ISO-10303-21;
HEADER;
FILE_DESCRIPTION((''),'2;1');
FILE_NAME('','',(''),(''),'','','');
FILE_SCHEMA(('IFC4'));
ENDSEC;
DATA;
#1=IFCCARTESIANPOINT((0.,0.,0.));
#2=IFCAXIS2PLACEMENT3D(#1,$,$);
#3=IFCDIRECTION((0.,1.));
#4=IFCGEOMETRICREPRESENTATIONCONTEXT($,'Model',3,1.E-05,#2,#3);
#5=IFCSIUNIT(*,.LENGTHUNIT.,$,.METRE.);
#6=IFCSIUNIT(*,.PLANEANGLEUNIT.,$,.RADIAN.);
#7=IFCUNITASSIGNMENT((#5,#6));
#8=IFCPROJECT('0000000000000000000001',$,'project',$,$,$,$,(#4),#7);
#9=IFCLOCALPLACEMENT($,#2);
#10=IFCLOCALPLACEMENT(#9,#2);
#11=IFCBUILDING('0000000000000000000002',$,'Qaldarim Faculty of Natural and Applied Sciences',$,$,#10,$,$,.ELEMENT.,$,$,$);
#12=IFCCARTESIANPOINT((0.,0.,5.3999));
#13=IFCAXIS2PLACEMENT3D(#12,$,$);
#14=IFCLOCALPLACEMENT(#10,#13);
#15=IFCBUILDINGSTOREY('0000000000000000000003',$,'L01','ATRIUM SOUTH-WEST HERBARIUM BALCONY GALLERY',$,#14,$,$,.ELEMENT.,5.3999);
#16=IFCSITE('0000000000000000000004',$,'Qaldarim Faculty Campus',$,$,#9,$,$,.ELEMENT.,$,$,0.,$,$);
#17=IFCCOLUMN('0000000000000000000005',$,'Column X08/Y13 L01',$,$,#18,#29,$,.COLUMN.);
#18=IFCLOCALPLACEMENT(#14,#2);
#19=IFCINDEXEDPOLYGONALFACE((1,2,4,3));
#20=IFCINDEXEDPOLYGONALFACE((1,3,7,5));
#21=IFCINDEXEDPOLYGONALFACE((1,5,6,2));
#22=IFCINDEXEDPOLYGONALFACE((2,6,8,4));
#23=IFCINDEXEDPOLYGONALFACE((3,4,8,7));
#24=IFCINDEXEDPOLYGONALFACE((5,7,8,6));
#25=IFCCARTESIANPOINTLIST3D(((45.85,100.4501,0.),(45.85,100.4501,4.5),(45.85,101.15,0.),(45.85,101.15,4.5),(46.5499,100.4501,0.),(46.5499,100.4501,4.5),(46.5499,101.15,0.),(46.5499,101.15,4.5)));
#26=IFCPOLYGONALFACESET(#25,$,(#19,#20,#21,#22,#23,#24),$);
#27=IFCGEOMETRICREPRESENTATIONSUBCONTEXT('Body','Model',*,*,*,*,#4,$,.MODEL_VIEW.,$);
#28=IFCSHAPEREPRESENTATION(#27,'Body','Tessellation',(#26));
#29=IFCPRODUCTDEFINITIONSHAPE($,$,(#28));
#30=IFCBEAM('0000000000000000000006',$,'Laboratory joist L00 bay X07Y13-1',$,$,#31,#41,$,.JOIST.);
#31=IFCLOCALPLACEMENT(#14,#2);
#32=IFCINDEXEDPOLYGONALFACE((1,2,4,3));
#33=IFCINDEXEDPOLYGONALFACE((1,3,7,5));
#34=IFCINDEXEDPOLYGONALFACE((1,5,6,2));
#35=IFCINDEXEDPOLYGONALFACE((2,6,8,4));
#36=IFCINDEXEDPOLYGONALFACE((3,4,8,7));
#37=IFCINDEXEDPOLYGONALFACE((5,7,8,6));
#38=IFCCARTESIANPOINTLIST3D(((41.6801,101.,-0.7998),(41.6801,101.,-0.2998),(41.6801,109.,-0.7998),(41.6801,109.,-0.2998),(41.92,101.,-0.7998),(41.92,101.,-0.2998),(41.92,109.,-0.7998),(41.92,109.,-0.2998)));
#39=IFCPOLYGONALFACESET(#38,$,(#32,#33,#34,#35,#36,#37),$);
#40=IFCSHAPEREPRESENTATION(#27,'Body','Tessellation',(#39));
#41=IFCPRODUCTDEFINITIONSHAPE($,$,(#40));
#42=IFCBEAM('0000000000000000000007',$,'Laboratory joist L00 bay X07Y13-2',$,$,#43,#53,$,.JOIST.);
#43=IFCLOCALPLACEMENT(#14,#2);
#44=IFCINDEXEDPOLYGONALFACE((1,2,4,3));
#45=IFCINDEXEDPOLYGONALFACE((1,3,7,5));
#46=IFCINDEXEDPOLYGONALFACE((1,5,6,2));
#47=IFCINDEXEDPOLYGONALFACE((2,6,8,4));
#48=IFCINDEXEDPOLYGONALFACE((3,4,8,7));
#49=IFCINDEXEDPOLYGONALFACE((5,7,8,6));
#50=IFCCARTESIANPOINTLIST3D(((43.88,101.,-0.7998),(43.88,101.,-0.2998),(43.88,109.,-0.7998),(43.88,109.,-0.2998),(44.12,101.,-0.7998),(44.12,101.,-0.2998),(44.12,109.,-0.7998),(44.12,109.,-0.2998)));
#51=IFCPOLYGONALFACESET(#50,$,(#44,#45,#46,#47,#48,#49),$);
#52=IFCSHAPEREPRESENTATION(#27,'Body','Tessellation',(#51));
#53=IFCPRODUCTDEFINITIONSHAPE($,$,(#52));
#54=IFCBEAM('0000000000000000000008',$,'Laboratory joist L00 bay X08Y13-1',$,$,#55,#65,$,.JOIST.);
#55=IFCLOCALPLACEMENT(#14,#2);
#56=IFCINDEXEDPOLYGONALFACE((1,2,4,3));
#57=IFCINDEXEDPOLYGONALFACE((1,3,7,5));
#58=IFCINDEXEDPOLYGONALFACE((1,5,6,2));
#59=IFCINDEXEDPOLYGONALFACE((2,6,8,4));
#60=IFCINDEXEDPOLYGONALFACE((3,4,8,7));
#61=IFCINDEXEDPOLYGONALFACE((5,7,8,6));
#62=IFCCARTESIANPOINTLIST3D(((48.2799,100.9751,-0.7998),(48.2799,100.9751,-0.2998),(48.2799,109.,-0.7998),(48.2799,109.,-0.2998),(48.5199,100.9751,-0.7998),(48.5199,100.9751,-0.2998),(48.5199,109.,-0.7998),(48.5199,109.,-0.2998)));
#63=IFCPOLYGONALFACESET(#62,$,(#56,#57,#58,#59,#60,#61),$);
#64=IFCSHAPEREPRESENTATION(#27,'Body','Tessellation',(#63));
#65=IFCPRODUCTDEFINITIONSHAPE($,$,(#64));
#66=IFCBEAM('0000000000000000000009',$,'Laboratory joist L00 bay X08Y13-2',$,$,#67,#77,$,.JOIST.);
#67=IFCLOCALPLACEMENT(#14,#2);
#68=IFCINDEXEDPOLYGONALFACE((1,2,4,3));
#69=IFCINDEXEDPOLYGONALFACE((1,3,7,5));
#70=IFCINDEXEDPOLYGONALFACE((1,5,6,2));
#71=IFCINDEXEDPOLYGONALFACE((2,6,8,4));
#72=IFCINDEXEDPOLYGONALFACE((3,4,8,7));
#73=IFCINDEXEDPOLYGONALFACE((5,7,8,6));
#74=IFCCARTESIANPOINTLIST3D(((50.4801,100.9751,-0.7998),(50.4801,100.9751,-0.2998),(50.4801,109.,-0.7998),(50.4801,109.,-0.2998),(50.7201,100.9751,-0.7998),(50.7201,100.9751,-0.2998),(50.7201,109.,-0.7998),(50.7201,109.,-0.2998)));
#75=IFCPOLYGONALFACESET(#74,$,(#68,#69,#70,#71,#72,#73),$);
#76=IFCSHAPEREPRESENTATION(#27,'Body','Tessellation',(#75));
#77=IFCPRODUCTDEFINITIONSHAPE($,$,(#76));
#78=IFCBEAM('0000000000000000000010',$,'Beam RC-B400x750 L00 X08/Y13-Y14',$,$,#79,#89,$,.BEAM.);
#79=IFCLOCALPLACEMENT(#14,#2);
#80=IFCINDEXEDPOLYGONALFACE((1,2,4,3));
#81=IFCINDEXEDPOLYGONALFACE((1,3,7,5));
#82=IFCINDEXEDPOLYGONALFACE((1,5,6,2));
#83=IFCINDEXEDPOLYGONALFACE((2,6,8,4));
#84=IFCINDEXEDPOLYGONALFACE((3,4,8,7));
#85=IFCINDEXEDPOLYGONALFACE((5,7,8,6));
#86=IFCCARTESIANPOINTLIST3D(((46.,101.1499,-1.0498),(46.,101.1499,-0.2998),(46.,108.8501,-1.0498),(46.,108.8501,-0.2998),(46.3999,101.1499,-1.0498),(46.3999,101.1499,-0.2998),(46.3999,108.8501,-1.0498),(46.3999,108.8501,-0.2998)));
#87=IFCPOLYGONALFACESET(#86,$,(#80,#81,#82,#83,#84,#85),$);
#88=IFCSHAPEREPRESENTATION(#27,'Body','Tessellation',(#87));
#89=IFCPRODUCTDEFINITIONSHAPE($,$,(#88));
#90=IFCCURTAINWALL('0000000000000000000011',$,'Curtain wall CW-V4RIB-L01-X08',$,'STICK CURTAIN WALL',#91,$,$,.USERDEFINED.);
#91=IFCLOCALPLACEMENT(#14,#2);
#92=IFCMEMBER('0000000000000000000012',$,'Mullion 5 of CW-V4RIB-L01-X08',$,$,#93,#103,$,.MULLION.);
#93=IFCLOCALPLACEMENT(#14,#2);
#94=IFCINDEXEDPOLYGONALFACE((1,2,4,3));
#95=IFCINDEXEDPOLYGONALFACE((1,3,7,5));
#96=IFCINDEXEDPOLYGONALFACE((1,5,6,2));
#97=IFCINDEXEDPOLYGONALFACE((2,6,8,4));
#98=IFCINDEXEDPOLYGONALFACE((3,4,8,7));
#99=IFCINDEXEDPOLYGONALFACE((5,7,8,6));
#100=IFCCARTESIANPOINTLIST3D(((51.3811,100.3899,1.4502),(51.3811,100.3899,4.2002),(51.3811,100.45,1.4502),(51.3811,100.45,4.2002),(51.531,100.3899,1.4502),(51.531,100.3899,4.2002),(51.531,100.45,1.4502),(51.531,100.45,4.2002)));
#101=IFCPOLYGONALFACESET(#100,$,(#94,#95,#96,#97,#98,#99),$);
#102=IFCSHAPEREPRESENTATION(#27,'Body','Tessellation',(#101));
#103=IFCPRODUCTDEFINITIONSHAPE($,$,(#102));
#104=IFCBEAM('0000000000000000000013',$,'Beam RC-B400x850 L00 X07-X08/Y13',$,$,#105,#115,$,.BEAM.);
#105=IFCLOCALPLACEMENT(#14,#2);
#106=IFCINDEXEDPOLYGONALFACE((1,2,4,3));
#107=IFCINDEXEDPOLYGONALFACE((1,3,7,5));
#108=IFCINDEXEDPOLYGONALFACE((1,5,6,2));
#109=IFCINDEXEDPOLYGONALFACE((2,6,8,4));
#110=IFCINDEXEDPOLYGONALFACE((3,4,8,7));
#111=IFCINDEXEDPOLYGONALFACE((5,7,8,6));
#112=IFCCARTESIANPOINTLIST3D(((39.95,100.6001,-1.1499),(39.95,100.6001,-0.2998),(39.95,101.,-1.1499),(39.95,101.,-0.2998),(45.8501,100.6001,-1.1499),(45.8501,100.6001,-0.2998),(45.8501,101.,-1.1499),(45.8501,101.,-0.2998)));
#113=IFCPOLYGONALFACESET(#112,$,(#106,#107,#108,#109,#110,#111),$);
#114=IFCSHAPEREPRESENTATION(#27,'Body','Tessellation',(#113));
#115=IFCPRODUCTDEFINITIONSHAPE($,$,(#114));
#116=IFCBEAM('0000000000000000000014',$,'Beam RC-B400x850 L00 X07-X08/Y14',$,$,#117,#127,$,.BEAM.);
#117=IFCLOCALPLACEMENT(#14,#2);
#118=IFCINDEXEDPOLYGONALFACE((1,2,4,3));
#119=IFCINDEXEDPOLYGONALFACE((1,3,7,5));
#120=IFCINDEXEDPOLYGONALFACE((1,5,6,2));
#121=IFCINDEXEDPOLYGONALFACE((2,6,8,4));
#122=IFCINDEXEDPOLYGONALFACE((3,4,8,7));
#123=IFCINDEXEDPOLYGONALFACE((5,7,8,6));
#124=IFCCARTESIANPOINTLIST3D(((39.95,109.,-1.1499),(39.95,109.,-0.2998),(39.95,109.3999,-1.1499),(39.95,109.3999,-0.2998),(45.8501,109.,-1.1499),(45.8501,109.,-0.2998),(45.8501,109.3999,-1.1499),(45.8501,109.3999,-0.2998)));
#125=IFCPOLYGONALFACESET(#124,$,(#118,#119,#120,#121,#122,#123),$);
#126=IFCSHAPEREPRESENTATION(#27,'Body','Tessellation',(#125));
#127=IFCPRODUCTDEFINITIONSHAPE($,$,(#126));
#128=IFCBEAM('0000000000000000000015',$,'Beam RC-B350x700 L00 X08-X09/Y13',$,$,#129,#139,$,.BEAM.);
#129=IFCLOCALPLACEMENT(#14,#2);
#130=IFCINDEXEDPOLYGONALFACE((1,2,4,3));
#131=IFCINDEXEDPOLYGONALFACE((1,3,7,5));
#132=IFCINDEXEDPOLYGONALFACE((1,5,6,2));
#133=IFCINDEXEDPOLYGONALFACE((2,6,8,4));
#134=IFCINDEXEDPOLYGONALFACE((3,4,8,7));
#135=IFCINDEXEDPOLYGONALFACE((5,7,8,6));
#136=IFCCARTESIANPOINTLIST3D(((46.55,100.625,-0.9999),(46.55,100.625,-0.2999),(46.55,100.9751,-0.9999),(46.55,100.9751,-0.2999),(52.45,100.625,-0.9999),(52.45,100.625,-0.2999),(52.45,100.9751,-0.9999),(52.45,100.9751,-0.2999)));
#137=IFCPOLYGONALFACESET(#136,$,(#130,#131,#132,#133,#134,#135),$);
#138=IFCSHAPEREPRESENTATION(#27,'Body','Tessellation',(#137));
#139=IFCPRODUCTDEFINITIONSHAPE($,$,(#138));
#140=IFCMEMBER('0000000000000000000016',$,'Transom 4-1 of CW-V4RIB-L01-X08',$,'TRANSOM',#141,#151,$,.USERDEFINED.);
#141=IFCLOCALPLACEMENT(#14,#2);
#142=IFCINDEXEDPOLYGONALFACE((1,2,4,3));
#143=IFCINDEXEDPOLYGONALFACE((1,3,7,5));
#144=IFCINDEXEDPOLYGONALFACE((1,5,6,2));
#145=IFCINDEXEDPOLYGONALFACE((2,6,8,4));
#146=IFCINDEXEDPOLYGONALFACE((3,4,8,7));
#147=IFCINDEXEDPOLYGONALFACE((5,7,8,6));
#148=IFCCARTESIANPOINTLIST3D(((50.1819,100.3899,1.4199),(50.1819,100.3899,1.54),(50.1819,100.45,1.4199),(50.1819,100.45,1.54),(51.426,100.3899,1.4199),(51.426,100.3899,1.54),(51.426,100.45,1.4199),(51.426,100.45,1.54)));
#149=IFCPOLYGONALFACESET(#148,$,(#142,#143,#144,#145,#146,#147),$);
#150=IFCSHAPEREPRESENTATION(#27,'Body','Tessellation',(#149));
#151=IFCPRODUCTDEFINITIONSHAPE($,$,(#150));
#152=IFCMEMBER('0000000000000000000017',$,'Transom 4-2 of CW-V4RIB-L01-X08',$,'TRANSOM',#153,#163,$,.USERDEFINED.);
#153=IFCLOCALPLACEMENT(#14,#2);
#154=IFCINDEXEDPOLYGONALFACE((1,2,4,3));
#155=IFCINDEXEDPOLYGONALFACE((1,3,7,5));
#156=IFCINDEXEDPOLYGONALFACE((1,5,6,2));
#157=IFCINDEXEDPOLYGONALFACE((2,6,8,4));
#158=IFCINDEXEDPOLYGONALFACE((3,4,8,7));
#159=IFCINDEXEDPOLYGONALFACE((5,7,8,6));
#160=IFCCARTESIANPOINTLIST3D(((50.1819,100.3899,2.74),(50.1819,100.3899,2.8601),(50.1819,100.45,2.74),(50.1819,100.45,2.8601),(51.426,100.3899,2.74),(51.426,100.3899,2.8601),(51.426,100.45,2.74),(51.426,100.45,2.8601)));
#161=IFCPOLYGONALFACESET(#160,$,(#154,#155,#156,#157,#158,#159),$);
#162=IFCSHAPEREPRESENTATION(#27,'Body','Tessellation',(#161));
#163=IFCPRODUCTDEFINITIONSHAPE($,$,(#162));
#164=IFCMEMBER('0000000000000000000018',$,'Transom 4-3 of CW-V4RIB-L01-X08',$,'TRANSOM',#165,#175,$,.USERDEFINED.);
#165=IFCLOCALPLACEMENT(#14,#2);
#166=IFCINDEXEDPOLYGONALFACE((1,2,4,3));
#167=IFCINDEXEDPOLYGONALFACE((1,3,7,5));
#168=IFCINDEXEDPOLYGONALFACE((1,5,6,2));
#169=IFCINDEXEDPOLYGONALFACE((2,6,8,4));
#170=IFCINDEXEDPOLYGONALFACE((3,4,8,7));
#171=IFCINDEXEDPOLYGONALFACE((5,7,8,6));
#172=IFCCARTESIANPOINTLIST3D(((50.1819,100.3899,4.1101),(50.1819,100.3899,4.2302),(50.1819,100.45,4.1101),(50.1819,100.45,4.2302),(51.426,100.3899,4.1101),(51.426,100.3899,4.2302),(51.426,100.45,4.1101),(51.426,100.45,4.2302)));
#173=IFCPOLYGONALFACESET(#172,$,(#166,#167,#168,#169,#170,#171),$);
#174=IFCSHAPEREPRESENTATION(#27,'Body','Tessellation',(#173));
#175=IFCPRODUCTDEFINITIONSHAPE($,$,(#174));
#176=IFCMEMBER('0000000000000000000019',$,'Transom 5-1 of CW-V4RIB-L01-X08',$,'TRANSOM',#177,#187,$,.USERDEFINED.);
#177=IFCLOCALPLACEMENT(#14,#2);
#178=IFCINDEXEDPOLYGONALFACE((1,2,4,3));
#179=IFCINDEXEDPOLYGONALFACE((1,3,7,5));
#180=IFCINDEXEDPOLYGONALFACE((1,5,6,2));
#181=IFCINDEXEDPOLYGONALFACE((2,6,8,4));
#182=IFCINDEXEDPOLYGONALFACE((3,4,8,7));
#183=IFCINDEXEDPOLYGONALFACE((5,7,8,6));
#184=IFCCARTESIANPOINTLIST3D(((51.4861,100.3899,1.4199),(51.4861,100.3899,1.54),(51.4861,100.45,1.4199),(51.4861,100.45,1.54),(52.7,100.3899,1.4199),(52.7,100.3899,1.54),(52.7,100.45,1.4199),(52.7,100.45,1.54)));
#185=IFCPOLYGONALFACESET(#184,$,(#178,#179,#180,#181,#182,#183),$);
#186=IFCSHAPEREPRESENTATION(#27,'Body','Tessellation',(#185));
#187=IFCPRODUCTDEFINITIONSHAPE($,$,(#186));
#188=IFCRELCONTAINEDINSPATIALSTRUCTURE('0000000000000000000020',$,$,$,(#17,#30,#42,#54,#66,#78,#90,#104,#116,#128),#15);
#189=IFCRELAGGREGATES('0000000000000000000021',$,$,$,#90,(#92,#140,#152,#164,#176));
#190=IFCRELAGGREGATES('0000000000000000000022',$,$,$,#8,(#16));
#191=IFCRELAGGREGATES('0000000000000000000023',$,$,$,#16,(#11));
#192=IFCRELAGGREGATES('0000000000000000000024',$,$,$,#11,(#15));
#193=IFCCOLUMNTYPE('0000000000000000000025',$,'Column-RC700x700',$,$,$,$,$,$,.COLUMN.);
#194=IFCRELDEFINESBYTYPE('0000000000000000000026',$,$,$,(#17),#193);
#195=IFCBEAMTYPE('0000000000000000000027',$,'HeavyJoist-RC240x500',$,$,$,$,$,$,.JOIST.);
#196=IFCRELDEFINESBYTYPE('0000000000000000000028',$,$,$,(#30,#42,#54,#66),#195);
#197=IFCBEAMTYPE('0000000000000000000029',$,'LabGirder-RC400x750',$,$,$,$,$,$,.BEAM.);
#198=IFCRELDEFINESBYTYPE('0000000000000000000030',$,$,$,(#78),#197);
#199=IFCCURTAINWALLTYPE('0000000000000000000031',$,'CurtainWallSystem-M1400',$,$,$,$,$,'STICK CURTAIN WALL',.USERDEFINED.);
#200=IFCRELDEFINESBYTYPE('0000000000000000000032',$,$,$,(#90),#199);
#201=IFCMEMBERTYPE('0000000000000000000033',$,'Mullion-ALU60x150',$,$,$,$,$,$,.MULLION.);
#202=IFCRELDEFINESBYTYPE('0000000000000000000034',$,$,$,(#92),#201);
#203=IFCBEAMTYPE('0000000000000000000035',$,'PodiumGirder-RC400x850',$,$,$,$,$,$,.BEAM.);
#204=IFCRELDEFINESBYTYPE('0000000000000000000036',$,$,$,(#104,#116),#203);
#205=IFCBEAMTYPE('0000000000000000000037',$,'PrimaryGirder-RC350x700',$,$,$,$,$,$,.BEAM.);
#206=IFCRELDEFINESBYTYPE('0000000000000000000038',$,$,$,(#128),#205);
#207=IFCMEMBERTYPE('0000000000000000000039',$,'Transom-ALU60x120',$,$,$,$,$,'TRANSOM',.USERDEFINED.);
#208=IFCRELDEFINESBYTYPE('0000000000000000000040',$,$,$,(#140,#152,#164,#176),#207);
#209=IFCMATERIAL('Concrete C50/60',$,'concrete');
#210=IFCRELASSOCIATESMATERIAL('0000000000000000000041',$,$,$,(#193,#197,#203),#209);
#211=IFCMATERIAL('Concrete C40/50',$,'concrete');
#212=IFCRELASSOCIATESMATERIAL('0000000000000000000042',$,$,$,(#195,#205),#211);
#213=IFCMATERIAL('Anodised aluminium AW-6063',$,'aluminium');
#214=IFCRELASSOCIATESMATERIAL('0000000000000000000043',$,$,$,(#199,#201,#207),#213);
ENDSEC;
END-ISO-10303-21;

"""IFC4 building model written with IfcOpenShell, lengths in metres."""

from ifc_helpers import new_model, si_unit, direction, frame, origin, origin_2d, place, context, subcontext, project, spatial, rectangle, extrude, material, material_profile, profile_set, type_object, element, aggregate, save


model = new_model("IFC4")

# Units and contexts
model_context = context("Model", 3, precision=1e-05, world=origin(), true_north=direction((0.0, 1.0)))
body_context = subcontext(model_context, "Body", "Model", "MODEL_VIEW")
ifc_project = project(units=[si_unit("LENGTHUNIT", "METRE"), si_unit("PLANEANGLEUNIT", "RADIAN")], contexts=[model_context])

# Site, building, storey
site_placement = place(None, origin())
site = spatial("IfcSite", under=ifc_project, at=site_placement, Name="Qaldarim Faculty Campus", CompositionType="ELEMENT", RefElevation=0.0)
building_placement = place(site_placement, origin())
building = spatial("IfcBuilding", under=site, at=building_placement, Name="Qaldarim Faculty of Natural and Applied Sciences", CompositionType="ELEMENT")
storey_placement = place(building_placement, frame((0.0, 0.0, 5.3999)))
storey = spatial("IfcBuildingStorey", under=building, at=storey_placement, Name="L01", Description="ATRIUM SOUTH-WEST HERBARIUM BALCONY GALLERY", CompositionType="ELEMENT", Elevation=5.3999)

# Column
ifc_material_1 = material(Name="Concrete C50/60", Category="concrete")
ifc_material_profile_1 = material_profile(ifc_material_1, rectangle(XDim=0.7, YDim=0.7, at=origin_2d()), Name="RC-C700x700")
ifc_profile_set_1 = profile_set([ifc_material_profile_1], Name="Concrete C50/60")
column_type = type_object("IfcColumnType", Name="Column-RC700x700", PredefinedType="COLUMN", material=ifc_profile_set_1)
column_placement = place(storey_placement, frame((46.2, 100.8, 0.0), z_axis=(0.0, 0.0, 1.0), x_axis=(1.0, 0.0, 0.0)))
element("IfcColumn", 1, at=column_placement, inside=storey, type_object=column_type, Name="Column X08/Y13 L01", PredefinedType="COLUMN", context=body_context, shape_type="SweptSolid", body=[
    extrude(rectangle(XDim=0.7, YDim=0.7, at=origin_2d()), origin(), (0.0, 0.0, 1.0), 4.5),
])

# Beams
ifc_material_2 = material(Name="Concrete C40/50", Category="concrete")
ifc_material_profile_2 = material_profile(ifc_material_2, rectangle(XDim=0.24, YDim=0.5, at=origin_2d()), Name="RC-J240x500")
ifc_profile_set_2 = profile_set([ifc_material_profile_2], Name="Concrete C40/50")
beam_type_1 = type_object("IfcBeamType", Name="HeavyJoist-RC240x500", PredefinedType="JOIST", material=ifc_profile_set_2)
for number, where, z_axis, x_axis, name in (
    (2, (41.8, 101.0, -0.5498), (0.0, 1.0, 0.0), (-1.0, 0.0, 0.0), "Laboratory joist L00 bay X07Y13-1"),
    (3, (44.0, 101.0, -0.5498), (0.0, 1.0, 0.0), (-1.0, 0.0, 0.0), "Laboratory joist L00 bay X07Y13-2"),
):
    element("IfcBeam", number, at=place(storey_placement, frame(where, z_axis=z_axis, x_axis=x_axis)), inside=storey, type_object=beam_type_1, Name=name, PredefinedType="JOIST", context=body_context, shape_type="SweptSolid", body=[
        extrude(rectangle(XDim=0.24, YDim=0.5, at=origin_2d()), origin(), (0.0, 0.0, 1.0), 8.0),
    ])
for number, where, z_axis, x_axis, name in (
    (4, (48.3999, 100.9751, -0.5498), (0.0, 1.0, 0.0), (-1.0, 0.0, 0.0), "Laboratory joist L00 bay X08Y13-1"),
    (5, (50.6001, 100.9751, -0.5498), (0.0, 1.0, 0.0), (-1.0, 0.0, 0.0), "Laboratory joist L00 bay X08Y13-2"),
):
    element("IfcBeam", number, at=place(storey_placement, frame(where, z_axis=z_axis, x_axis=x_axis)), inside=storey, type_object=beam_type_1, Name=name, PredefinedType="JOIST", context=body_context, shape_type="SweptSolid", body=[
        extrude(rectangle(XDim=0.24, YDim=0.5, at=origin_2d()), origin(), (0.0, 0.0, 1.0), 8.0249),
    ])
ifc_material_profile_3 = material_profile(ifc_material_1, rectangle(XDim=0.3999, YDim=0.75, at=origin_2d()), Name="RC-B400x750")
ifc_profile_set_3 = profile_set([ifc_material_profile_3], Name="Concrete C50/60")
beam_type_2 = type_object("IfcBeamType", Name="LabGirder-RC400x750", PredefinedType="BEAM", material=ifc_profile_set_3)
beam_1_placement = place(storey_placement, frame((46.2, 101.1499, -0.6748), z_axis=(0.0, 1.0, 0.0), x_axis=(-1.0, 0.0, 0.0)))
element("IfcBeam", 6, at=beam_1_placement, inside=storey, type_object=beam_type_2, Name="Beam RC-B400x750 L00 X08/Y13-Y14", PredefinedType="BEAM", context=body_context, shape_type="SweptSolid", body=[
    extrude(rectangle(XDim=0.3999, YDim=0.75, at=origin_2d()), origin(), (0.0, 0.0, 1.0), 7.7002),
])

# Curtain wall, member
ifc_material_3 = material(Name="Anodised aluminium AW-6063", Category="aluminium")
curtain_wall_type = type_object("IfcCurtainWallType", Name="CurtainWallSystem-M1400", ElementType="STICK CURTAIN WALL", PredefinedType="USERDEFINED", material=ifc_material_3)
curtain_wall_placement = place(storey_placement, origin())
curtain_wall = element("IfcCurtainWall", 7, at=curtain_wall_placement, inside=storey, type_object=curtain_wall_type, Name="Curtain wall CW-V4RIB-L01-X08", ObjectType="STICK CURTAIN WALL", PredefinedType="USERDEFINED")
ifc_material_profile_4 = material_profile(ifc_material_3, rectangle(XDim=0.0601, YDim=0.1499, at=origin_2d()), Name="ALU-M60x150")
ifc_profile_set_4 = profile_set([ifc_material_profile_4], Name="Anodised aluminium AW-6063")
member_type_1 = type_object("IfcMemberType", Name="Mullion-ALU60x150", PredefinedType="MULLION", material=ifc_profile_set_4)
member_1_placement = place(storey_placement, frame((51.4561, 100.4199, 1.4502), z_axis=(0.0, 0.0, 1.0), x_axis=(0.0, 1.0, 0.0)))
member_1 = element("IfcMember", 8, at=member_1_placement, type_object=member_type_1, Name="Mullion 5 of CW-V4RIB-L01-X08", PredefinedType="MULLION", context=body_context, shape_type="SweptSolid", body=[
    extrude(rectangle(XDim=0.0601, YDim=0.1499, at=origin_2d()), origin(), (0.0, 0.0, 1.0), 2.75),
])

# Beams
ifc_material_profile_5 = material_profile(ifc_material_1, rectangle(XDim=0.3999, YDim=0.8501, at=origin_2d()), Name="RC-B400x850")
ifc_profile_set_5 = profile_set([ifc_material_profile_5], Name="Concrete C50/60")
beam_type_3 = type_object("IfcBeamType", Name="PodiumGirder-RC400x850", PredefinedType="BEAM", material=ifc_profile_set_5)
for number, where, z_axis, x_axis, name in (
    (9, (39.95, 100.8, -0.7249), (1.0, 0.0, 0.0), (0.0, 1.0, 0.0), "Beam RC-B400x850 L00 X07-X08/Y13"),
    (10, (39.95, 109.2, -0.7249), (1.0, 0.0, 0.0), (0.0, 1.0, 0.0), "Beam RC-B400x850 L00 X07-X08/Y14"),
):
    element("IfcBeam", number, at=place(storey_placement, frame(where, z_axis=z_axis, x_axis=x_axis)), inside=storey, type_object=beam_type_3, Name=name, PredefinedType="BEAM", context=body_context, shape_type="SweptSolid", body=[
        extrude(rectangle(XDim=0.3999, YDim=0.8501, at=origin_2d()), origin(), (0.0, 0.0, 1.0), 5.9001),
    ])
ifc_material_profile_6 = material_profile(ifc_material_2, rectangle(XDim=0.3501, YDim=0.7, at=origin_2d()), Name="RC-B350x700")
ifc_profile_set_6 = profile_set([ifc_material_profile_6], Name="Concrete C40/50")
beam_type_4 = type_object("IfcBeamType", Name="PrimaryGirder-RC350x700", PredefinedType="BEAM", material=ifc_profile_set_6)
beam_2_placement = place(storey_placement, frame((46.55, 100.8, -0.6499), z_axis=(1.0, 0.0, 0.0), x_axis=(0.0, 1.0, 0.0)))
element("IfcBeam", 11, at=beam_2_placement, inside=storey, type_object=beam_type_4, Name="Beam RC-B350x700 L00 X08-X09/Y13", PredefinedType="BEAM", context=body_context, shape_type="SweptSolid", body=[
    extrude(rectangle(XDim=0.3501, YDim=0.7, at=origin_2d()), origin(), (0.0, 0.0, 1.0), 5.8999),
])

# Members
ifc_material_profile_7 = material_profile(ifc_material_3, rectangle(XDim=0.0601, YDim=0.1201, at=origin_2d()), Name="ALU-T60x120")
ifc_profile_set_7 = profile_set([ifc_material_profile_7], Name="Anodised aluminium AW-6063")
member_type_2 = type_object("IfcMemberType", Name="Transom-ALU60x120", ElementType="TRANSOM", PredefinedType="USERDEFINED", material=ifc_profile_set_7)
member_2_placement = place(storey_placement, frame((50.1819, 100.4199, 1.48), z_axis=(1.0, 0.0, 0.0), x_axis=(0.0, 1.0, 0.0)))
member_2 = element("IfcMember", 12, at=member_2_placement, type_object=member_type_2, Name="Transom 4-1 of CW-V4RIB-L01-X08", ObjectType="TRANSOM", PredefinedType="USERDEFINED", context=body_context, shape_type="SweptSolid", body=[
    extrude(rectangle(XDim=0.0601, YDim=0.1201, at=origin_2d()), origin(), (0.0, 0.0, 1.0), 1.2441),
])
member_3_placement = place(storey_placement, frame((50.1819, 100.4199, 2.8), z_axis=(1.0, 0.0, 0.0), x_axis=(0.0, 1.0, 0.0)))
member_3 = element("IfcMember", 13, at=member_3_placement, type_object=member_type_2, Name="Transom 4-2 of CW-V4RIB-L01-X08", ObjectType="TRANSOM", PredefinedType="USERDEFINED", context=body_context, shape_type="SweptSolid", body=[
    extrude(rectangle(XDim=0.0601, YDim=0.1201, at=origin_2d()), origin(), (0.0, 0.0, 1.0), 1.2441),
])
member_4_placement = place(storey_placement, frame((50.1819, 100.4199, 4.1702), z_axis=(1.0, 0.0, 0.0), x_axis=(0.0, 1.0, 0.0)))
member_4 = element("IfcMember", 14, at=member_4_placement, type_object=member_type_2, Name="Transom 4-3 of CW-V4RIB-L01-X08", ObjectType="TRANSOM", PredefinedType="USERDEFINED", context=body_context, shape_type="SweptSolid", body=[
    extrude(rectangle(XDim=0.0601, YDim=0.1201, at=origin_2d()), origin(), (0.0, 0.0, 1.0), 1.2441),
])
member_5_placement = place(storey_placement, frame((51.4861, 100.4199, 1.48), z_axis=(1.0, 0.0, 0.0), x_axis=(0.0, 1.0, 0.0)))
member_5 = element("IfcMember", 15, at=member_5_placement, type_object=member_type_2, Name="Transom 5-1 of CW-V4RIB-L01-X08", ObjectType="TRANSOM", PredefinedType="USERDEFINED", context=body_context, shape_type="SweptSolid", body=[
    extrude(rectangle(XDim=0.0601, YDim=0.1201, at=origin_2d()), origin(), (0.0, 0.0, 1.0), 1.2139),
])

aggregate(curtain_wall, [member_1, member_2, member_3, member_4, member_5])

save(model, "model.ifc")
